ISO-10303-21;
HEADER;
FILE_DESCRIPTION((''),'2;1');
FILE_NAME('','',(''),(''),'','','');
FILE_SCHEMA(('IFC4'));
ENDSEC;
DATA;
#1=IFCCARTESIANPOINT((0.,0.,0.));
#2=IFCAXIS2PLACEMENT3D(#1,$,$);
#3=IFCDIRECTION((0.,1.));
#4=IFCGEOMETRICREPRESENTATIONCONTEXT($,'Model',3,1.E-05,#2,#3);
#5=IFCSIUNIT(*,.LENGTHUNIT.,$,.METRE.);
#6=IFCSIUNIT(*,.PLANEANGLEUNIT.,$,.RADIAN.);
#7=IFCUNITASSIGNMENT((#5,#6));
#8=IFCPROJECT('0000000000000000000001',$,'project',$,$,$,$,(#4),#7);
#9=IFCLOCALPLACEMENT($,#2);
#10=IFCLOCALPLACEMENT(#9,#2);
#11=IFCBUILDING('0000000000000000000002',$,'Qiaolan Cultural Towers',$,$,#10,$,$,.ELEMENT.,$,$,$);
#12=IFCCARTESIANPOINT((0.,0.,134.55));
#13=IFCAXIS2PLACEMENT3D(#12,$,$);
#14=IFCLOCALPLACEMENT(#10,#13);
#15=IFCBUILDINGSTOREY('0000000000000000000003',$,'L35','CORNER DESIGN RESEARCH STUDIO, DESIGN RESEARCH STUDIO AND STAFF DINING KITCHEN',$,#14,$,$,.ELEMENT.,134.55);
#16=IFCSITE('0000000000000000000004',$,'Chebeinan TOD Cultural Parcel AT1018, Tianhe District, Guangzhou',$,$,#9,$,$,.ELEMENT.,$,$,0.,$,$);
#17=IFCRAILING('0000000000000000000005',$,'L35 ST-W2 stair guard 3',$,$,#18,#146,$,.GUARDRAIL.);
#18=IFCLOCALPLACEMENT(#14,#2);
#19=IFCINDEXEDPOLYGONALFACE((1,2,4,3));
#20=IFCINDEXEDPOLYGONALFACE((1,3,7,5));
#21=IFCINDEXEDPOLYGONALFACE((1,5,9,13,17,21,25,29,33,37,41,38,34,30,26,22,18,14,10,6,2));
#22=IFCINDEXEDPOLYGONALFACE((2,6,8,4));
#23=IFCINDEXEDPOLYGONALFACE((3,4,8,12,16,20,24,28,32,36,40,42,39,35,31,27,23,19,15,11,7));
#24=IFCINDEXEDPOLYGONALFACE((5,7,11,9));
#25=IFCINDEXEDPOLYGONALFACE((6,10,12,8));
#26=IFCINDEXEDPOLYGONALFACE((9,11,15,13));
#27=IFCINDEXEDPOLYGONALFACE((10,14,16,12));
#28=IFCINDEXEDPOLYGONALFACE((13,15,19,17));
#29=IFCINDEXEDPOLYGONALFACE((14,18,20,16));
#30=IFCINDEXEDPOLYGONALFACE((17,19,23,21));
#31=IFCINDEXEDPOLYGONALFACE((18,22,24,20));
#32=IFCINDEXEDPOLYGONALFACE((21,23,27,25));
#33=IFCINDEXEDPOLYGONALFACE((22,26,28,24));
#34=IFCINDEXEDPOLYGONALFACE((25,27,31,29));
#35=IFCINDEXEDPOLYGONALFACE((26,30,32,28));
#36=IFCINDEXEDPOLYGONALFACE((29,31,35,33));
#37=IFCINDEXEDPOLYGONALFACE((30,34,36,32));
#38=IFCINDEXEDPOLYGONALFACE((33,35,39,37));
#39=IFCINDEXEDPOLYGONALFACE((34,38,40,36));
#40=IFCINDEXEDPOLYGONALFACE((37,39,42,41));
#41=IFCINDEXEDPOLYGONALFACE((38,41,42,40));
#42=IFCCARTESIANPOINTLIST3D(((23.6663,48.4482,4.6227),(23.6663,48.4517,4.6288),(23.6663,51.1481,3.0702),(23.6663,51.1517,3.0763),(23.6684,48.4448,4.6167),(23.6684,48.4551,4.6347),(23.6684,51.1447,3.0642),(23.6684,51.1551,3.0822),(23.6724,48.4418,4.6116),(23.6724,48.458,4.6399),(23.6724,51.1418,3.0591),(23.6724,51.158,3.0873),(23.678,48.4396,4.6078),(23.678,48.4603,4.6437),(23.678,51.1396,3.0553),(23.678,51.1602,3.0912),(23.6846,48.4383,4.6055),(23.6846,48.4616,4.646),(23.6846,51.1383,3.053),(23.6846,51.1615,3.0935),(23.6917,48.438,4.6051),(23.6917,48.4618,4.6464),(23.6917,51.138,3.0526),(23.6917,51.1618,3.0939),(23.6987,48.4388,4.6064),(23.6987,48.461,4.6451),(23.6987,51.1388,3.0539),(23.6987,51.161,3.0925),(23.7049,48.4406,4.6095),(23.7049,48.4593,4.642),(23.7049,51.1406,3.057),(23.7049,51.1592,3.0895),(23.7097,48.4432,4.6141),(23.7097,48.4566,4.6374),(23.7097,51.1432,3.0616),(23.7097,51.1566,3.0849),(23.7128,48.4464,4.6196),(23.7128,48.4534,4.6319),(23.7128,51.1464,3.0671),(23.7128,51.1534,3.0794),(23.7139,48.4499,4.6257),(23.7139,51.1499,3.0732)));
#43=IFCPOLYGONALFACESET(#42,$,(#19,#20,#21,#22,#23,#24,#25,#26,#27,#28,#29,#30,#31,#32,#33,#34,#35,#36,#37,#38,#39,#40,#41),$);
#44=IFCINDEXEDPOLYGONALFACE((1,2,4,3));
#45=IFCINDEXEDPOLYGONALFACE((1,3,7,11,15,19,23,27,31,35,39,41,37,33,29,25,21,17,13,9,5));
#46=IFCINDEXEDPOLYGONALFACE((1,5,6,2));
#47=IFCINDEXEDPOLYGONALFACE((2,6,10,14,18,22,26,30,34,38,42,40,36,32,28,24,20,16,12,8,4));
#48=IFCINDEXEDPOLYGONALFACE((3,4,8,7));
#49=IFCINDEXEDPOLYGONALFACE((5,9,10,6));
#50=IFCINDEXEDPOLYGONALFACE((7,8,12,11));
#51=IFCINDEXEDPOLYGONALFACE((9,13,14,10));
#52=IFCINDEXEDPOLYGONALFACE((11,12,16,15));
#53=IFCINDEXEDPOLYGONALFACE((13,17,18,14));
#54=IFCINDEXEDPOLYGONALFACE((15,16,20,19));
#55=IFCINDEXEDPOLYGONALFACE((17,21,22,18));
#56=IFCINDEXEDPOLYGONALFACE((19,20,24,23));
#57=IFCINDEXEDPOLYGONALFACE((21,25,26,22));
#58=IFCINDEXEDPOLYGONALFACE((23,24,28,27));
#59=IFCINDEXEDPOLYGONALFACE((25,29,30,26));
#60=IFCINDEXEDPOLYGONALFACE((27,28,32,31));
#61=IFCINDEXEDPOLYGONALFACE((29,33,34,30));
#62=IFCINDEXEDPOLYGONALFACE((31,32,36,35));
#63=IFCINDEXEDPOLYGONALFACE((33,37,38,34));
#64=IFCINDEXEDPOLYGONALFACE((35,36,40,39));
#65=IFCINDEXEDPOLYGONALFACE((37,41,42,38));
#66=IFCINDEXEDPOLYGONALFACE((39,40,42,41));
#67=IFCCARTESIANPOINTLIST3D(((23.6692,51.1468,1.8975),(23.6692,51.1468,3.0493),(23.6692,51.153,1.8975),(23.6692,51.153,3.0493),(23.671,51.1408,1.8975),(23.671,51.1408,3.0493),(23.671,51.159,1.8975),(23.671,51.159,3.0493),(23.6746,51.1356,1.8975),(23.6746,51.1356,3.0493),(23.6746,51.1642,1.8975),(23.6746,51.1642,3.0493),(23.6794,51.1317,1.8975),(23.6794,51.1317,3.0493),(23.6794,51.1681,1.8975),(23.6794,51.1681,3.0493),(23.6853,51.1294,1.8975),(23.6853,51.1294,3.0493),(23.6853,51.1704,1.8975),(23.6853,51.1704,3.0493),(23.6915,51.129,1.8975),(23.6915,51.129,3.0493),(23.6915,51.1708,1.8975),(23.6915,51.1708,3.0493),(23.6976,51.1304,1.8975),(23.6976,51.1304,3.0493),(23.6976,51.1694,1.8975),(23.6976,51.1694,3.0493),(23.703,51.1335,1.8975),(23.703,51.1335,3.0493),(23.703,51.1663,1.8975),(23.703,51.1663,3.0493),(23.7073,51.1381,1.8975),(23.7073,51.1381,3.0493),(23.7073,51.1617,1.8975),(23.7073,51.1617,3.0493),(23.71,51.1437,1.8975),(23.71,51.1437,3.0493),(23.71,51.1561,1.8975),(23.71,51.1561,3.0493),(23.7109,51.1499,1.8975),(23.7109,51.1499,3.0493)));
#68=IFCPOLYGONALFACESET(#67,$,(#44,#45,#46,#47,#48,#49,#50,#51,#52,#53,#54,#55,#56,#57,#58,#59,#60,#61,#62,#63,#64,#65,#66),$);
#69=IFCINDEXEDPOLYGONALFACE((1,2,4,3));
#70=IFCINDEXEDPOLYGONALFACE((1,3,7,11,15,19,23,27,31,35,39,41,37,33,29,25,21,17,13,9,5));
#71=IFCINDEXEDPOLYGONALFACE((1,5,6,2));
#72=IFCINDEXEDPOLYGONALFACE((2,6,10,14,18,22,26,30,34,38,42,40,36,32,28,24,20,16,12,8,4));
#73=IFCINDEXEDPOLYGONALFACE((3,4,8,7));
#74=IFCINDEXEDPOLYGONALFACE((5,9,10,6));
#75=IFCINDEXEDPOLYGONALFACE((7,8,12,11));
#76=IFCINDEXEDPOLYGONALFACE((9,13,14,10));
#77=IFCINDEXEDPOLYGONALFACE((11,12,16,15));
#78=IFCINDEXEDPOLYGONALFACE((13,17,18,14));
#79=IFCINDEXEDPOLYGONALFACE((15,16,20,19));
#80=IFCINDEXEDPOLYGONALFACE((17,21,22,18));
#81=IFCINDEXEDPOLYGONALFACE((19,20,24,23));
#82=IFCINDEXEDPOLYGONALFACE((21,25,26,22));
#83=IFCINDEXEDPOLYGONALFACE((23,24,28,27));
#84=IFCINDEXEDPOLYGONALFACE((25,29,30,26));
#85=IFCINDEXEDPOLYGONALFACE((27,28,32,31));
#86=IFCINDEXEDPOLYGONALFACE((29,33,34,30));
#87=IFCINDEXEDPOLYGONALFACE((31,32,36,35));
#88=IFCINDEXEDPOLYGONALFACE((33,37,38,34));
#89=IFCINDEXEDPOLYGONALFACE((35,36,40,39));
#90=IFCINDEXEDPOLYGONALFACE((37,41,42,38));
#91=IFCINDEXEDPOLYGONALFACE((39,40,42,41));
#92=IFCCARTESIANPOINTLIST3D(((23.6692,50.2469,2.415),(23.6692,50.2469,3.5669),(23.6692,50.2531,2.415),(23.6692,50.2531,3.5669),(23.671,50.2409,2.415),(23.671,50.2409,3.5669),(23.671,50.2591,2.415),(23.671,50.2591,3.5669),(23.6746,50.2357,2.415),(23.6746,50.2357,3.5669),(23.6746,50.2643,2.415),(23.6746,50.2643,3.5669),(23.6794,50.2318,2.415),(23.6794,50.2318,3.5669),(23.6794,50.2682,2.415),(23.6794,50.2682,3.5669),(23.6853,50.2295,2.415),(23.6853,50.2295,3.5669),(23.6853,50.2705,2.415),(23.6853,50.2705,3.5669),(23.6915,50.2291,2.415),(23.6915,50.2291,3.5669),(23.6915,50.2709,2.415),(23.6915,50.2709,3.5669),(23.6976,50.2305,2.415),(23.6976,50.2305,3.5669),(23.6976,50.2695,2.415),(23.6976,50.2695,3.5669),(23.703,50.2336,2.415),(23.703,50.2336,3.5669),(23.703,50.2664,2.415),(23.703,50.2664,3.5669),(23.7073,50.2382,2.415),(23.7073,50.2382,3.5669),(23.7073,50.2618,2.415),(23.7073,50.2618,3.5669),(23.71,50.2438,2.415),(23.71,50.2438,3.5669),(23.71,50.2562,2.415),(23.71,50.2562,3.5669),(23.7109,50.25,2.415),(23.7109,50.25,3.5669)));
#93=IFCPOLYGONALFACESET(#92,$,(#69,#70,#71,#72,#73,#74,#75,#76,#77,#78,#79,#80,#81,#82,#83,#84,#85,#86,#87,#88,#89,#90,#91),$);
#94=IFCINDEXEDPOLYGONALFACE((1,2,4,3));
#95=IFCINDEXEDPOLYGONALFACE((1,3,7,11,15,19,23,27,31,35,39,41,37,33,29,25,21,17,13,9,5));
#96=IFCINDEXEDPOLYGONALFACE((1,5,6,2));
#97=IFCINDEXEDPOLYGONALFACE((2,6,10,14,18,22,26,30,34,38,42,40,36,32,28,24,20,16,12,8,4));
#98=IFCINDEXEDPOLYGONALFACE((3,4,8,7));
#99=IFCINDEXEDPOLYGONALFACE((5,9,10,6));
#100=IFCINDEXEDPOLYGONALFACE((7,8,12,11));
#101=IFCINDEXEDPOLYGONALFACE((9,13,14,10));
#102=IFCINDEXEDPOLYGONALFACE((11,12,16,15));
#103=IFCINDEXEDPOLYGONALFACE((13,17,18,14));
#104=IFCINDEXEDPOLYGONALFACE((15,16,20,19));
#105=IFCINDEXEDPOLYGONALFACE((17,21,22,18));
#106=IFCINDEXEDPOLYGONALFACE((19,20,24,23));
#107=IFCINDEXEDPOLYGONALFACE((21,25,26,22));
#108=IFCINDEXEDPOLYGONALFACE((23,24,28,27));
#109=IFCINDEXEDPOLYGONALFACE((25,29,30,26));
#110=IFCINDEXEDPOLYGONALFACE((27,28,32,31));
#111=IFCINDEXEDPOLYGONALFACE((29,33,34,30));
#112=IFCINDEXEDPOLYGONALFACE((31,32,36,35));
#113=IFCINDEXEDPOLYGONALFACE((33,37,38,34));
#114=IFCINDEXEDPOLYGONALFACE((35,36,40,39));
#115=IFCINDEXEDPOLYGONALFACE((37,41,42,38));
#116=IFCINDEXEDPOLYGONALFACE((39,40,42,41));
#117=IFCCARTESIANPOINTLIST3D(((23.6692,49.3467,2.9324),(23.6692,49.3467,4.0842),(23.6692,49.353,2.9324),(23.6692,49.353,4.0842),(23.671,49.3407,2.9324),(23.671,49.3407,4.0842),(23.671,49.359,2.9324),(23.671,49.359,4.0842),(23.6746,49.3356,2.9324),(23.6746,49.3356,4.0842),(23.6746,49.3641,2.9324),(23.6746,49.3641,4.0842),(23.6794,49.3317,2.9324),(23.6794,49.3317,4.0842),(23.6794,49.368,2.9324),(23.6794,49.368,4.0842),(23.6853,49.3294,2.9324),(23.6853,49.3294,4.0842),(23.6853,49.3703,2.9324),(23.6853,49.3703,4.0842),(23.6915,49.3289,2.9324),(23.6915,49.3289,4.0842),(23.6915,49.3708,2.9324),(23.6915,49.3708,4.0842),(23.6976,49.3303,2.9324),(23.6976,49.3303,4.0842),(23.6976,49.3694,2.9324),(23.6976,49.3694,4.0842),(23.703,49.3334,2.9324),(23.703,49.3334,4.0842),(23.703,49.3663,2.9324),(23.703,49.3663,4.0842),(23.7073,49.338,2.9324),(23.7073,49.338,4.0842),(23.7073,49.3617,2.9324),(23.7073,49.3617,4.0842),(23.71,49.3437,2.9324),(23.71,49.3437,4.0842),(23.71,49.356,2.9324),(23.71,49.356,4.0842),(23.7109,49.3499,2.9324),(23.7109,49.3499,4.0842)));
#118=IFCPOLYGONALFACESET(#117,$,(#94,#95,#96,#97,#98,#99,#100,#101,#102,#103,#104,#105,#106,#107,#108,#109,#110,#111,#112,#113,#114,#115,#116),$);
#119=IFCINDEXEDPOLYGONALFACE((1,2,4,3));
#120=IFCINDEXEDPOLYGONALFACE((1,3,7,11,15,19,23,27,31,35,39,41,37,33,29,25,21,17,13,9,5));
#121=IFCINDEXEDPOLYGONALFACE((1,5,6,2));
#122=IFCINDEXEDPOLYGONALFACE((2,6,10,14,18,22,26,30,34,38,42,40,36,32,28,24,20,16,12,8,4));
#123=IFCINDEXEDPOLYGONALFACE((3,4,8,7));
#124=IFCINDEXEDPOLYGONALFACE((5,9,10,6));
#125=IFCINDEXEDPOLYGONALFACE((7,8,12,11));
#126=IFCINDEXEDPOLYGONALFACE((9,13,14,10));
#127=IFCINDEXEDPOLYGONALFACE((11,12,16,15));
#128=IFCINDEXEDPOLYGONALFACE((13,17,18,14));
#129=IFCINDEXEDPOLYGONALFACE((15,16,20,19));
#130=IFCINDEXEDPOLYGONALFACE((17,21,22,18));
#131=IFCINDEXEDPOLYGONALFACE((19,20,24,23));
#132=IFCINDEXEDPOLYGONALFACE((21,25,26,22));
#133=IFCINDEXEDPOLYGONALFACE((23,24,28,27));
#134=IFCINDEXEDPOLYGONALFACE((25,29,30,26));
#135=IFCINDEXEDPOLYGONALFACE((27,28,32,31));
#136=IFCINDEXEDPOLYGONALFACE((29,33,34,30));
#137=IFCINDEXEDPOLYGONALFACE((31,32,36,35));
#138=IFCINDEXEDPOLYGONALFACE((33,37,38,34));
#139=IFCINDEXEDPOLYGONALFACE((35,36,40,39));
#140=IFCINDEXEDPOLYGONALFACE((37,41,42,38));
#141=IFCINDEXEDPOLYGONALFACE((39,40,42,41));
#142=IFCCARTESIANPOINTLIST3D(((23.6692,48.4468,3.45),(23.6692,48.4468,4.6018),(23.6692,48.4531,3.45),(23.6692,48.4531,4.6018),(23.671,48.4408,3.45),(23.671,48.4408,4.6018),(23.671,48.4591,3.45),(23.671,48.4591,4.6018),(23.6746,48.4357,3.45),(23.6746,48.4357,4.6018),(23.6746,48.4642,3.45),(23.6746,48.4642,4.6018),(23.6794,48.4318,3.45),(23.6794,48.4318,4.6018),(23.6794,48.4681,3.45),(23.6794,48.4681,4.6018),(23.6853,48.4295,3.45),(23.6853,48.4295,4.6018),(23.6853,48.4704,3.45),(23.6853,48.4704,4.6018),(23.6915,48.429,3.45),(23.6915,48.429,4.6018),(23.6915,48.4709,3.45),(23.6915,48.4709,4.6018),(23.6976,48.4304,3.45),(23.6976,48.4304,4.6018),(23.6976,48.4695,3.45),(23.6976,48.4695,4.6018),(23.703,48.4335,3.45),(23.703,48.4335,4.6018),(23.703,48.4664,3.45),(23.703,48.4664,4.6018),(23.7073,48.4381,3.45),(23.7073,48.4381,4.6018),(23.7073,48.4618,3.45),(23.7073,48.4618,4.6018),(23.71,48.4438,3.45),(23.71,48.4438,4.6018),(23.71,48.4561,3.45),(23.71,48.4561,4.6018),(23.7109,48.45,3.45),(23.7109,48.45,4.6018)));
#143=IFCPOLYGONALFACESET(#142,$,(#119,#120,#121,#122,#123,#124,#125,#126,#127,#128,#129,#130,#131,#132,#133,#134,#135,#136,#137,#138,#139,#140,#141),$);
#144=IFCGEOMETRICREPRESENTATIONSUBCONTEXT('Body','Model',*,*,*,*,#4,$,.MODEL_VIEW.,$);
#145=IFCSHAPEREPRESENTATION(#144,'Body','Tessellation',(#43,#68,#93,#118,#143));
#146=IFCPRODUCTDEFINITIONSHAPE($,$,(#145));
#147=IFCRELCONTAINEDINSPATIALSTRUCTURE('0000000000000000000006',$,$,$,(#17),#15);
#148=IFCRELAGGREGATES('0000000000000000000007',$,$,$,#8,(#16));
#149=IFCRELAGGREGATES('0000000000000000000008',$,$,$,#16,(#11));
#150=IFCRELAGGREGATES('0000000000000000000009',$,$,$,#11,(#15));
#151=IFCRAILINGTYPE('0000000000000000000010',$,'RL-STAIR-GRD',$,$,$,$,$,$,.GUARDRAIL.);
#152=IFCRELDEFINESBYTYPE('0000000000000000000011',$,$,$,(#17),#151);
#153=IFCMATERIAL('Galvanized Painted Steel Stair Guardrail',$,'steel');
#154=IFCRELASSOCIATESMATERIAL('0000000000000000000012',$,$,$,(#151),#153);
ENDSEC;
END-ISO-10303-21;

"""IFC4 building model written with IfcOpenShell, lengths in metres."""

from ifc_helpers import new_model, si_unit, direction, frame, origin, origin_2d, place, context, subcontext, project, spatial, circle, extrude, material, type_object, element, save


model = new_model("IFC4")

# Units and contexts
model_context = context("Model", 3, precision=1e-05, world=origin(), true_north=direction((0.0, 1.0)))
body_context = subcontext(model_context, "Body", "Model", "MODEL_VIEW")
ifc_project = project(units=[si_unit("LENGTHUNIT", "METRE"), si_unit("PLANEANGLEUNIT", "RADIAN")], contexts=[model_context])

# Site, building, storey
site_placement = place(None, origin())
site = spatial("IfcSite", under=ifc_project, at=site_placement, Name="Chebeinan TOD Cultural Parcel AT1018, Tianhe District, Guangzhou", CompositionType="ELEMENT", RefElevation=0.0)
building_placement = place(site_placement, origin())
building = spatial("IfcBuilding", under=site, at=building_placement, Name="Qiaolan Cultural Towers", CompositionType="ELEMENT")
storey_placement = place(building_placement, frame((0.0, 0.0, 134.55)))
storey = spatial("IfcBuildingStorey", under=building, at=storey_placement, Name="L35", Description="CORNER DESIGN RESEARCH STUDIO, DESIGN RESEARCH STUDIO AND STAFF DINING KITCHEN", CompositionType="ELEMENT", Elevation=134.55)

# Railing
ifc_material_1 = material(Name="Galvanized Painted Steel Stair Guardrail", Category="steel")
railing_type_1 = type_object("IfcRailingType", Name="RL-STAIR-GRD", PredefinedType="GUARDRAIL", material=ifc_material_1)
railing_1_placement = place(storey_placement, frame((23.6899, 51.1499, 1.8975)))
element("IfcRailing", 1, at=railing_1_placement, inside=storey, type_object=railing_type_1, Name="L35 ST-W2 stair guard 3", PredefinedType="GUARDRAIL", context=body_context, shape_type="SweptSolid", body=[
    extrude(circle(Radius=0.0239, at=origin_2d()), frame((0.0, 0.0, 1.1758), z_axis=(0.0, -0.866904, 0.498476), x_axis=(1.0, 0.0, 0.0)), (0.0, 0.0, 1.0), 3.1145),
    extrude(circle(Radius=0.021, at=origin_2d()), origin(), (0.0, 0.0, 1.0), 1.1519),
    extrude(circle(Radius=0.021, at=origin_2d()), frame((0.0, -0.8999, 0.5176)), (0.0, 0.0, 1.0), 1.1519),
    extrude(circle(Radius=0.021, at=origin_2d()), frame((0.0, -1.8, 1.0349)), (0.0, 0.0, 1.0), 1.1519),
    extrude(circle(Radius=0.021, at=origin_2d()), frame((0.0, -2.7, 1.5525)), (0.0, 0.0, 1.0), 1.1519),
])

save(model, "model.ifc")
